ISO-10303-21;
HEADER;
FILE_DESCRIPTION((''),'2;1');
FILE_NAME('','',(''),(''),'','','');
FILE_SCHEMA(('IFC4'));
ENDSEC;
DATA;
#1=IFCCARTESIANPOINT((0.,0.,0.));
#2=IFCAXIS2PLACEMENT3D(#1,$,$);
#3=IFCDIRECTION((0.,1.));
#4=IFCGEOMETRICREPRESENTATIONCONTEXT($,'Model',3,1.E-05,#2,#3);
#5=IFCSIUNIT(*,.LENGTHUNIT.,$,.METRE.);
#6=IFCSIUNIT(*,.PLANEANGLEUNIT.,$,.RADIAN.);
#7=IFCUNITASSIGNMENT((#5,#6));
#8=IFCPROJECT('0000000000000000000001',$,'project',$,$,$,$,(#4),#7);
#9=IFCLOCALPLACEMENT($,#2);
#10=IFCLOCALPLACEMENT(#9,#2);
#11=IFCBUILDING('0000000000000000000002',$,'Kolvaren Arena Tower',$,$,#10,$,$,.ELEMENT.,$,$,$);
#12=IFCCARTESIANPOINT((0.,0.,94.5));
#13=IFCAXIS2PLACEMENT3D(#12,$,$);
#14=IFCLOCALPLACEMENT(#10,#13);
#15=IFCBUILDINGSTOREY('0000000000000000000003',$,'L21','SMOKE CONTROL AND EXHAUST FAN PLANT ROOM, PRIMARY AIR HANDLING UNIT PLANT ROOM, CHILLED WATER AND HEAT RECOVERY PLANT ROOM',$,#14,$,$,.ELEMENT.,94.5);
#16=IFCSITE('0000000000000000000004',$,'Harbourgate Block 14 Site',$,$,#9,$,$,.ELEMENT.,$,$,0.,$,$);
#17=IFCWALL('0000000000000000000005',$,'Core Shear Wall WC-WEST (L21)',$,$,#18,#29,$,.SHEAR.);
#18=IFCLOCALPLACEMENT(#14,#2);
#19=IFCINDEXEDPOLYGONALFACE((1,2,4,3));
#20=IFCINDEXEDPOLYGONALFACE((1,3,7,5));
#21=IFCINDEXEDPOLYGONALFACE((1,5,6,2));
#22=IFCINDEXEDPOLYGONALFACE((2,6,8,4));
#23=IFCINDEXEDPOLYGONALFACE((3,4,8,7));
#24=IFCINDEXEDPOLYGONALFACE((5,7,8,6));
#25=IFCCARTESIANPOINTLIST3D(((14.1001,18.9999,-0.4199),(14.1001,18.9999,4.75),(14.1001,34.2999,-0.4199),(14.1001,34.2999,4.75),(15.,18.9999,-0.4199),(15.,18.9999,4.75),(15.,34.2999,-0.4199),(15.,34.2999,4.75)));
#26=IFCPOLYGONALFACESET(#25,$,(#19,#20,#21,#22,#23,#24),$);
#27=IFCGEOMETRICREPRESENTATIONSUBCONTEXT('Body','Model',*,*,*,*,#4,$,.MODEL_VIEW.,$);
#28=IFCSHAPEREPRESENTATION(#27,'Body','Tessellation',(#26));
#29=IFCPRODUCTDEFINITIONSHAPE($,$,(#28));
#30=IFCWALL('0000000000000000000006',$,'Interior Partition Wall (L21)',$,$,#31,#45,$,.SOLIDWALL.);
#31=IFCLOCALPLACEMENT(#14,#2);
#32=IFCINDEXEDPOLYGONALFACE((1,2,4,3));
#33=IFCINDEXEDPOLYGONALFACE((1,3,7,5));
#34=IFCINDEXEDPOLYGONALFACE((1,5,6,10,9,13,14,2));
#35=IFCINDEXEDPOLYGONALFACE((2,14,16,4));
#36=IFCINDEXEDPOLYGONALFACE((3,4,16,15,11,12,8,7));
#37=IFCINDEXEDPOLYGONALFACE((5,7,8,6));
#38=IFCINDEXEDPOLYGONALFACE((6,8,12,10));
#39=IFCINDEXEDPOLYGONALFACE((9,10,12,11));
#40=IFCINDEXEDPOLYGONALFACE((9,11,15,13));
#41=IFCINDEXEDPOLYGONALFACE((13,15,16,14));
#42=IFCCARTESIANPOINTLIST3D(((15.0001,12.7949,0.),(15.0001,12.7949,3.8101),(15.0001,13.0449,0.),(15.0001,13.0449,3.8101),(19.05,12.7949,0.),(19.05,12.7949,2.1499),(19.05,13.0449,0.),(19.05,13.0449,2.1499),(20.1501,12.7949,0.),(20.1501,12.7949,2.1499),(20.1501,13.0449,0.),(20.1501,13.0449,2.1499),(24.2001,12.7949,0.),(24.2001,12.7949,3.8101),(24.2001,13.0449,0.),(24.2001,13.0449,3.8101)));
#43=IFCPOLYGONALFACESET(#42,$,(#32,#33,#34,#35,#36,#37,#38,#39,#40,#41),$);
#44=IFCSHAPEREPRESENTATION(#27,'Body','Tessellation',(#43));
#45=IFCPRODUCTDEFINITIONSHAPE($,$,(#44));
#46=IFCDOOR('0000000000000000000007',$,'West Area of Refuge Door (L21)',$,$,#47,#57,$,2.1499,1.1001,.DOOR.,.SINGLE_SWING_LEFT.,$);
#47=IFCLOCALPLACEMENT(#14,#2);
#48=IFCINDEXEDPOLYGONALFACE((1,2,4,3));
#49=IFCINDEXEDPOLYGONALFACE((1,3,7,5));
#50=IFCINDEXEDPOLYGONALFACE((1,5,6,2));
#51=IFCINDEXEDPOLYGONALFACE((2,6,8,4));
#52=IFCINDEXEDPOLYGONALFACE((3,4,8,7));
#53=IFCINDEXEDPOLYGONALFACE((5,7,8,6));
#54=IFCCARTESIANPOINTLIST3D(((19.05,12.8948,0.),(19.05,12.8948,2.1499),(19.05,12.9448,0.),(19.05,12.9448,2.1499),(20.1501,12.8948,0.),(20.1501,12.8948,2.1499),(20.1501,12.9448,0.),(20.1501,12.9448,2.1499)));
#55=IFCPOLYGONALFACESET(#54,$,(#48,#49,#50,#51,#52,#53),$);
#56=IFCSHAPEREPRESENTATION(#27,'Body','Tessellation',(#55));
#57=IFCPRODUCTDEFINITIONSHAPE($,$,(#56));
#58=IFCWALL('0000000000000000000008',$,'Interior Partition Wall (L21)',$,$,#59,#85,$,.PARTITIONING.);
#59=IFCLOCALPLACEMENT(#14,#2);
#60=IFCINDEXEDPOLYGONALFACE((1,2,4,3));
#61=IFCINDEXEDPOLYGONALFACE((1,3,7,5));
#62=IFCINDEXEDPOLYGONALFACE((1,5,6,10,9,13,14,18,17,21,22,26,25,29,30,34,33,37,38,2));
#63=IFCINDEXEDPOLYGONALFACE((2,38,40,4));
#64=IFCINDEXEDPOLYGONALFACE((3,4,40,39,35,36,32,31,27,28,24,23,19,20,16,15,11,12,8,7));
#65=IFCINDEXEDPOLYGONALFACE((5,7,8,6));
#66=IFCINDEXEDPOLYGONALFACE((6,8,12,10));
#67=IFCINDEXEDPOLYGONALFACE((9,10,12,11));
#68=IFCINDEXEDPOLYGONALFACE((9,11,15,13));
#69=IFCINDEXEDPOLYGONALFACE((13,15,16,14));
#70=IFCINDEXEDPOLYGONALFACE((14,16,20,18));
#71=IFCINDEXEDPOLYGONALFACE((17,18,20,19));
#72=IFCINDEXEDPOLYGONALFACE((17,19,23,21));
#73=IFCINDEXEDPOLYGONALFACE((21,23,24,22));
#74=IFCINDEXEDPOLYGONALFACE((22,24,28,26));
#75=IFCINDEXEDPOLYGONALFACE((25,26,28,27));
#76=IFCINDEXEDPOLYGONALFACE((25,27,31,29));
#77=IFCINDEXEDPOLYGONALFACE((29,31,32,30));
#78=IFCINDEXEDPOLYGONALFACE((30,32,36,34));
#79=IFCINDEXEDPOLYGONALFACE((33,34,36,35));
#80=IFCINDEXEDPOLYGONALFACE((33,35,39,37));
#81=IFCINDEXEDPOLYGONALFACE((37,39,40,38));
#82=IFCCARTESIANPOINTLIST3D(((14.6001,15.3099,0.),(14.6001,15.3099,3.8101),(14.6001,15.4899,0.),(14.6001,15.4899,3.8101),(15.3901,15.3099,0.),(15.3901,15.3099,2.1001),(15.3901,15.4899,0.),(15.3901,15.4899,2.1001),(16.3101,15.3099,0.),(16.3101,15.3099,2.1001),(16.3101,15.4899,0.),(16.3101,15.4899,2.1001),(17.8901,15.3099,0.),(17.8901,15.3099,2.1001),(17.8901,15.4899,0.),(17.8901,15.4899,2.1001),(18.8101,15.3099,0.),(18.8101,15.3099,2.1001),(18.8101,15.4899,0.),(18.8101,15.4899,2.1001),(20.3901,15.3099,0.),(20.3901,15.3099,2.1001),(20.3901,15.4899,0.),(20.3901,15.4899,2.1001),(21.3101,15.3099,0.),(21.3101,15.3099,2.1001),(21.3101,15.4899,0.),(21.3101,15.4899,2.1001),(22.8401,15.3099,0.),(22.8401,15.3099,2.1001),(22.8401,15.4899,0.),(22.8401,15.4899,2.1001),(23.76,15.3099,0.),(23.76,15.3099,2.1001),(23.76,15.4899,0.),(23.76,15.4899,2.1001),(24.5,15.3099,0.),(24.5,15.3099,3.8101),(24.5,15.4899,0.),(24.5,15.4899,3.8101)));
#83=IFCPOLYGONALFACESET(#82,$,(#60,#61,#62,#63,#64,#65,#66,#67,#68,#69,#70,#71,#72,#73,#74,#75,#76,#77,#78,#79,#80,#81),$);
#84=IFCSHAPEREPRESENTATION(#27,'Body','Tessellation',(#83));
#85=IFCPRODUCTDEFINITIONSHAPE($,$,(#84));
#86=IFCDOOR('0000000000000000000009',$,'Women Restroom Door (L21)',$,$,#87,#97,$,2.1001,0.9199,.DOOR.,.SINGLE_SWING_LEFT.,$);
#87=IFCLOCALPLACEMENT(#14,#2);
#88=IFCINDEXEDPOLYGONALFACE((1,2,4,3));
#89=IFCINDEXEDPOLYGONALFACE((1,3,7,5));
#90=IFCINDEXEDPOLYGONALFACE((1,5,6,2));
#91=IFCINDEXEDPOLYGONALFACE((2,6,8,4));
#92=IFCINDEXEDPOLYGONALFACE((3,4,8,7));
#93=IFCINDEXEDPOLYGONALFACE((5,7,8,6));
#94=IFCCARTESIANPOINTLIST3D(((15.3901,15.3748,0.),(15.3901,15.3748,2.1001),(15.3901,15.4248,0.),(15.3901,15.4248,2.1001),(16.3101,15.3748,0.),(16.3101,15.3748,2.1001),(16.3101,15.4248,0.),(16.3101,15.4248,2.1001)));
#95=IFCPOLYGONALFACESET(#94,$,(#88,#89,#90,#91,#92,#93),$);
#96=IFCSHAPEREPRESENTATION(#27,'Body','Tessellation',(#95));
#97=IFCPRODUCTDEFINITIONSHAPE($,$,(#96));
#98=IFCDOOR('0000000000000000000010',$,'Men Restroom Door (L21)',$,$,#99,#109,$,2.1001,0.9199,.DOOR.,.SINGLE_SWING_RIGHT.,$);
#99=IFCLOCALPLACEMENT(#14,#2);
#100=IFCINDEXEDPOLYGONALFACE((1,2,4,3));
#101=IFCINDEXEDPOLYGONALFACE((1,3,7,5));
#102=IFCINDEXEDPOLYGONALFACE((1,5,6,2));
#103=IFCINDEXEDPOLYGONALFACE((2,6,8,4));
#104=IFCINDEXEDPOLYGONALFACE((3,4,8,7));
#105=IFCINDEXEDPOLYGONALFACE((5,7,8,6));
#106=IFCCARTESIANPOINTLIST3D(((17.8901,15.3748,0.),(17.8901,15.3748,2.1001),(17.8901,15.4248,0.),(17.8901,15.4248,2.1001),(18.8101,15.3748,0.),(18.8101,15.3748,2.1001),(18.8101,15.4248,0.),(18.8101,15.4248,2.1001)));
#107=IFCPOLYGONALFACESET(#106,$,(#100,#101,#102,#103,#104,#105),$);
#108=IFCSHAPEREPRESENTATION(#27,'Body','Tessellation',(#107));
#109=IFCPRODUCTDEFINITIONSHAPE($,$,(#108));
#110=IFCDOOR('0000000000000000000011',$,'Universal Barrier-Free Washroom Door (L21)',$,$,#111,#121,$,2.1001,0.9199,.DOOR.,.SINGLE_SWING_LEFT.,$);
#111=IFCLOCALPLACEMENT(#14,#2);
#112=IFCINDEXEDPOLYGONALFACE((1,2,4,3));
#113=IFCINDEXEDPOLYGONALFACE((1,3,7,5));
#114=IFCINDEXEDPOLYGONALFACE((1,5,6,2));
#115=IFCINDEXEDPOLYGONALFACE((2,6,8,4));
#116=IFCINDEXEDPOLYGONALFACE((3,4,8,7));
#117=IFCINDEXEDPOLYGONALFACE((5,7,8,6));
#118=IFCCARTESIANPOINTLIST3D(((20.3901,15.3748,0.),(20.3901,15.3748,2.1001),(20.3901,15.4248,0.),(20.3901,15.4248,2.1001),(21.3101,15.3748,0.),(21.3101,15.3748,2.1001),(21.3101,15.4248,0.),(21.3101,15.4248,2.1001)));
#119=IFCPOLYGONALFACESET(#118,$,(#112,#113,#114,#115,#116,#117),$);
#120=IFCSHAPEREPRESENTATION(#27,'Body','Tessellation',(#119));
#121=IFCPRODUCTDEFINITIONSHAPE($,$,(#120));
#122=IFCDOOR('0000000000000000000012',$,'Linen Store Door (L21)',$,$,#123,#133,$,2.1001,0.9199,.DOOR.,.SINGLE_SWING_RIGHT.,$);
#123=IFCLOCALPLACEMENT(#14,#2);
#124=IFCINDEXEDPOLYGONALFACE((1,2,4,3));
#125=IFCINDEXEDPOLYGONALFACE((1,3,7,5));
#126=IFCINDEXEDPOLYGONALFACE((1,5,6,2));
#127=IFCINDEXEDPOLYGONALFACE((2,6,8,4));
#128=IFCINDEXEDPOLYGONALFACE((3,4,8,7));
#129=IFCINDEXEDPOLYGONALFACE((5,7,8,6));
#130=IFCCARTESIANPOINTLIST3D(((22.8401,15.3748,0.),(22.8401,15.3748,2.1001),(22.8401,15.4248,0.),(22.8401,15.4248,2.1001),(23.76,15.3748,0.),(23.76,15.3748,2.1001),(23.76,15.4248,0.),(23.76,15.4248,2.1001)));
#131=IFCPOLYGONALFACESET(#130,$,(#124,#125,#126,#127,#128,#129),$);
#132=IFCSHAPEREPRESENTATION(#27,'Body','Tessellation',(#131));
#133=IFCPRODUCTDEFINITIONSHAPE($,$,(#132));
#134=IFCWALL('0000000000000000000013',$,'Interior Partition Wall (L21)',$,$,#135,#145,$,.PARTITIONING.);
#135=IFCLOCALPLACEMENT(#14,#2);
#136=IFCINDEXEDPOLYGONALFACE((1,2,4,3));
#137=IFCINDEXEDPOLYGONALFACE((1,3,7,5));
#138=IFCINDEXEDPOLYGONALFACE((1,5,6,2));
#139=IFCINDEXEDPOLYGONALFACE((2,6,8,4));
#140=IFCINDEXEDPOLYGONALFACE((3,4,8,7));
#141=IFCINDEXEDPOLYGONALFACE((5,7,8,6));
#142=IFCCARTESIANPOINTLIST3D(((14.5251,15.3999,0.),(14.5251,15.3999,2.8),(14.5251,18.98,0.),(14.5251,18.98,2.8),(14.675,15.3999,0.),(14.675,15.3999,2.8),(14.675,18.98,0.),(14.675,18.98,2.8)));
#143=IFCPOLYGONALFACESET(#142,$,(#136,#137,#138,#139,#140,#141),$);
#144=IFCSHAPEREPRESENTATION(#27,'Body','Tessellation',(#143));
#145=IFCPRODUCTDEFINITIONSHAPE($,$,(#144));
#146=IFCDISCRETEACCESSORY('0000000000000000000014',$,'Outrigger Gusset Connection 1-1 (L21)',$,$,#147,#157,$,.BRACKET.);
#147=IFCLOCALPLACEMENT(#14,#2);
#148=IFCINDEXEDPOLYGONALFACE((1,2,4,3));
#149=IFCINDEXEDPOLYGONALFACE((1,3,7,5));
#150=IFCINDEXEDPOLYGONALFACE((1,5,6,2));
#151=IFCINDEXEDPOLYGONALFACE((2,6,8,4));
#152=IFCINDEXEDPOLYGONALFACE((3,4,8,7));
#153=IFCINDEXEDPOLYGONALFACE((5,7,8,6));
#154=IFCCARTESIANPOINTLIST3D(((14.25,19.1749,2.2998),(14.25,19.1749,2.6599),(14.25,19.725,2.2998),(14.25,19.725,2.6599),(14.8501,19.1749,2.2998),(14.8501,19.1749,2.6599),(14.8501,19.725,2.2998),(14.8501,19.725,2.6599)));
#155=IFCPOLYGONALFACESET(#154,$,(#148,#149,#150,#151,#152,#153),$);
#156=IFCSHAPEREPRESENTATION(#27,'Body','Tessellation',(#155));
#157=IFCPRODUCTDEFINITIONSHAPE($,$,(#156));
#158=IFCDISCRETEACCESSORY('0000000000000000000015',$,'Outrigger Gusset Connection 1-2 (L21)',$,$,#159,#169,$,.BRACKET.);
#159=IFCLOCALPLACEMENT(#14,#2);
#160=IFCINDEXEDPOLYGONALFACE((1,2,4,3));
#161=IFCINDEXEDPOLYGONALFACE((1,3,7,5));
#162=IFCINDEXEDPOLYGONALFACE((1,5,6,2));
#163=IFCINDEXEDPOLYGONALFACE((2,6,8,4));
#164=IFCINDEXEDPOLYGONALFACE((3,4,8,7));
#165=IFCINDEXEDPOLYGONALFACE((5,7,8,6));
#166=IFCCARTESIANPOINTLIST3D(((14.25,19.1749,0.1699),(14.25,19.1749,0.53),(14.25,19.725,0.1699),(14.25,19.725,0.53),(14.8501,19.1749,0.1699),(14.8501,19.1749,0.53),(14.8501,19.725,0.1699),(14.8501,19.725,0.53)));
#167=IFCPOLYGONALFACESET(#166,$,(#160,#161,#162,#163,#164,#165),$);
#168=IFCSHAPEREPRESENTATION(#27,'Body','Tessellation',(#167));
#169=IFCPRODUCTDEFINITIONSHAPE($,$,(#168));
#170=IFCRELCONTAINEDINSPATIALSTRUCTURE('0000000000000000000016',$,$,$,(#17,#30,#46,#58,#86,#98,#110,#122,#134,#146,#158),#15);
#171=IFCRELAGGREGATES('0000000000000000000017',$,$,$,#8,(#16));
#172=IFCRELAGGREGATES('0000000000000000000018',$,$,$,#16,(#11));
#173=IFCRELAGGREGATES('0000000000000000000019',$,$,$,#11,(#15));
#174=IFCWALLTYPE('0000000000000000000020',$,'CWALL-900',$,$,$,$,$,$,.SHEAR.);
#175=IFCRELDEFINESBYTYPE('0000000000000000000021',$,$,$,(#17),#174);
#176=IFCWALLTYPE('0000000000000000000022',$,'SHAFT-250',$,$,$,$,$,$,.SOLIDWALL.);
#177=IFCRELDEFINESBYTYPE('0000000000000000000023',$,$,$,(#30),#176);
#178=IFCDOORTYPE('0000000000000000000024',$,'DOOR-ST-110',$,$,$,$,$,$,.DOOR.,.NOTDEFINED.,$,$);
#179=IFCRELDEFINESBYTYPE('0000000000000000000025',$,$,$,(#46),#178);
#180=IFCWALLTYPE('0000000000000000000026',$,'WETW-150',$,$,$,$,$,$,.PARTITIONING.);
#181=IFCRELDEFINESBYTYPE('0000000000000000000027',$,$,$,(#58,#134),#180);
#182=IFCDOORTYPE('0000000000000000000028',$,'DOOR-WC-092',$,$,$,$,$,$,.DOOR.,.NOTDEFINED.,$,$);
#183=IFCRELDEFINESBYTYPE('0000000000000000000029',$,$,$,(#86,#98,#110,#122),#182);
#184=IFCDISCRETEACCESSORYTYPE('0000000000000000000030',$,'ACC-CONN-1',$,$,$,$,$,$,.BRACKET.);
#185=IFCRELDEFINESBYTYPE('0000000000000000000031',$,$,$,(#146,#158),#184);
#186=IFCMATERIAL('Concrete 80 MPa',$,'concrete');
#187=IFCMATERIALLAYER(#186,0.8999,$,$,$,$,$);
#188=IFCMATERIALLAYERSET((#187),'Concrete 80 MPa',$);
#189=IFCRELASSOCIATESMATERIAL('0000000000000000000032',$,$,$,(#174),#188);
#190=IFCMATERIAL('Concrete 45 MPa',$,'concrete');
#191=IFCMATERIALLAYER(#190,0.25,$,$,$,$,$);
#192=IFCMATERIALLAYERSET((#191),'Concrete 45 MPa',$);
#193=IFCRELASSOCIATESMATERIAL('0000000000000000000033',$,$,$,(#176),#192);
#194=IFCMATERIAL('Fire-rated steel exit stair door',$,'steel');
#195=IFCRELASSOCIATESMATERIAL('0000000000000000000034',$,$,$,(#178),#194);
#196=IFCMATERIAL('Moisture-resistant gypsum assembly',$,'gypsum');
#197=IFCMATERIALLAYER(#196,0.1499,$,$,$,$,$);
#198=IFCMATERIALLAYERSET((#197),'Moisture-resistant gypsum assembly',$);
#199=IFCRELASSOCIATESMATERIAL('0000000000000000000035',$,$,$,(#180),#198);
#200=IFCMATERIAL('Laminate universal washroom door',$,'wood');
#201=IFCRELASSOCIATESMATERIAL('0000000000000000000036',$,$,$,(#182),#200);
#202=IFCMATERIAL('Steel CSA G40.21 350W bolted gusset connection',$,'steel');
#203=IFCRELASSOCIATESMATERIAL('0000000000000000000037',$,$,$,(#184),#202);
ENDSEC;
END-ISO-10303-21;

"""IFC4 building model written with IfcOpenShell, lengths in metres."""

from ifc_helpers import new_model, si_unit, direction, frame, frame_2d, origin, origin_2d, place, context, subcontext, project, spatial, rectangle, extrude, material, layer, layer_set, type_object, element, fill, save


model = new_model("IFC4")

# Units and contexts
model_context = context("Model", 3, precision=1e-05, world=origin(), true_north=direction((0.0, 1.0)))
body_context = subcontext(model_context, "Body", "Model", "MODEL_VIEW")
ifc_project = project(units=[si_unit("LENGTHUNIT", "METRE"), si_unit("PLANEANGLEUNIT", "RADIAN")], contexts=[model_context])

# Site, building, storey
site_placement = place(None, origin())
site = spatial("IfcSite", under=ifc_project, at=site_placement, Name="Harbourgate Block 14 Site", CompositionType="ELEMENT", RefElevation=0.0)
building_placement = place(site_placement, origin())
building = spatial("IfcBuilding", under=site, at=building_placement, Name="Kolvaren Arena Tower", CompositionType="ELEMENT")
storey_placement = place(building_placement, frame((0.0, 0.0, 94.5)))
storey = spatial("IfcBuildingStorey", under=building, at=storey_placement, Name="L21", Description="SMOKE CONTROL AND EXHAUST FAN PLANT ROOM, PRIMARY AIR HANDLING UNIT PLANT ROOM, CHILLED WATER AND HEAT RECOVERY PLANT ROOM", CompositionType="ELEMENT", Elevation=94.5)

# Shared definitions
ifc_material_1 = material(Name="Concrete 80 MPa", Category="concrete")

# Wall
ifc_layer_1 = layer(ifc_material_1, 0.8999)
ifc_layer_set_1 = layer_set([ifc_layer_1], Name="Concrete 80 MPa")
wall_type_1 = type_object("IfcWallType", Name="CWALL-900", PredefinedType="SHEAR", material=ifc_layer_set_1)
wall_1_placement = place(storey_placement, frame((14.55, 19.0, -0.4199), z_axis=(0.0, 0.0, 1.0), x_axis=(0.0, 1.0, 0.0)))
element("IfcWall", 1, at=wall_1_placement, inside=storey, type_object=wall_type_1, Name="Core Shear Wall WC-WEST (L21)", PredefinedType="SHEAR", context=body_context, shape_type="SweptSolid", body=[
    extrude(rectangle(XDim=15.3, YDim=0.8999, at=frame_2d((7.6499, 0.0))), origin(), (0.0, 0.0, 1.0), 5.1699),
])

# Wall, opening, door
ifc_material_2 = material(Name="Concrete 45 MPa", Category="concrete")
ifc_layer_2 = layer(ifc_material_2, 0.25)
ifc_layer_set_2 = layer_set([ifc_layer_2], Name="Concrete 45 MPa")
wall_type_2 = type_object("IfcWallType", Name="SHAFT-250", PredefinedType="SOLIDWALL", material=ifc_layer_set_2)
wall_2_placement = place(storey_placement, frame((15.0, 12.9199, 0.0), z_axis=(0.0, 0.0, 1.0), x_axis=(1.0, 0.0, 0.0)))
wall_2 = element("IfcWall", 2, at=wall_2_placement, inside=storey, type_object=wall_type_2, Name="Interior Partition Wall (L21)", PredefinedType="SOLIDWALL", context=body_context, shape_type="SweptSolid", body=[
    extrude(rectangle(XDim=9.2, YDim=0.25, at=frame_2d((4.6001, 0.0))), origin(), (0.0, 0.0, 1.0), 3.8101),
])
opening_1_placement = place(wall_2_placement, frame((4.05, 0.0, 0.0)))
opening_1 = element("IfcOpeningElement", 3, at=opening_1_placement, cuts=wall_2, PredefinedType="OPENING", context=body_context, shape_type="SweptSolid", body=[
    extrude(rectangle(XDim=1.1001, YDim=2.1499, at=frame_2d((0.55, 1.075))), frame((0.0, 0.135, 0.0), z_axis=(0.0, -1.0, 0.0), x_axis=(1.0, 0.0, 0.0)), (0.0, 0.0, 1.0), 0.27),
])
ifc_material_3 = material(Name="Fire-rated steel exit stair door", Category="steel")
door_type_1 = type_object("IfcDoorType", Name="DOOR-ST-110", OperationType="NOTDEFINED", PredefinedType="DOOR", material=ifc_material_3)
door_1_placement = place(opening_1_placement, origin())
door_1 = element("IfcDoor", 4, at=door_1_placement, inside=storey, type_object=door_type_1, Name="West Area of Refuge Door (L21)", OperationType="SINGLE_SWING_LEFT", OverallHeight=2.1499, OverallWidth=1.1001, PredefinedType="DOOR", context=body_context, shape_type="SweptSolid", body=[
    extrude(rectangle(XDim=1.1001, YDim=2.1499, at=frame_2d((0.55, 1.075))), frame((0.0, 0.0249, 0.0), z_axis=(0.0, -1.0, 0.0), x_axis=(1.0, 0.0, 0.0)), (0.0, 0.0, 1.0), 0.05),
])
fill(opening_1, door_1)

# Wall, openings, doors
ifc_material_4 = material(Name="Moisture-resistant gypsum assembly", Category="gypsum")
ifc_layer_3 = layer(ifc_material_4, 0.1499)
ifc_layer_set_3 = layer_set([ifc_layer_3], Name="Moisture-resistant gypsum assembly")
wall_type_3 = type_object("IfcWallType", Name="WETW-150", PredefinedType="PARTITIONING", material=ifc_layer_set_3)
wall_3_placement = place(storey_placement, frame((14.6001, 15.3999, 0.0), z_axis=(0.0, 0.0, 1.0), x_axis=(1.0, 0.0, 0.0)))
wall_3 = element("IfcWall", 5, at=wall_3_placement, inside=storey, type_object=wall_type_3, Name="Interior Partition Wall (L21)", PredefinedType="PARTITIONING", context=body_context, shape_type="SweptSolid", body=[
    extrude(rectangle(XDim=9.8999, YDim=0.1799, at=frame_2d((4.95, 0.0))), origin(), (0.0, 0.0, 1.0), 3.8101),
])
opening_2_placement = place(wall_3_placement, frame((0.79, 0.0, 0.0)))
opening_2 = element("IfcOpeningElement", 6, at=opening_2_placement, cuts=wall_3, PredefinedType="OPENING", context=body_context, shape_type="SweptSolid", body=[
    extrude(rectangle(XDim=0.9199, YDim=2.1001, at=frame_2d((0.46, 1.05))), frame((0.0, 0.0999, 0.0), z_axis=(0.0, -1.0, 0.0), x_axis=(1.0, 0.0, 0.0)), (0.0, 0.0, 1.0), 0.2),
])
opening_3_placement = place(wall_3_placement, frame((3.29, 0.0, 0.0)))
opening_3 = element("IfcOpeningElement", 7, at=opening_3_placement, cuts=wall_3, PredefinedType="OPENING", context=body_context, shape_type="SweptSolid", body=[
    extrude(rectangle(XDim=0.9199, YDim=2.1001, at=frame_2d((0.46, 1.05))), frame((0.0, 0.0999, 0.0), z_axis=(0.0, -1.0, 0.0), x_axis=(1.0, 0.0, 0.0)), (0.0, 0.0, 1.0), 0.2),
])
opening_4_placement = place(wall_3_placement, frame((5.79, 0.0, 0.0)))
opening_4 = element("IfcOpeningElement", 8, at=opening_4_placement, cuts=wall_3, PredefinedType="OPENING", context=body_context, shape_type="SweptSolid", body=[
    extrude(rectangle(XDim=0.9199, YDim=2.1001, at=frame_2d((0.46, 1.05))), frame((0.0, 0.0999, 0.0), z_axis=(0.0, -1.0, 0.0), x_axis=(1.0, 0.0, 0.0)), (0.0, 0.0, 1.0), 0.2),
])
opening_5_placement = place(wall_3_placement, frame((8.24, 0.0, 0.0)))
opening_5 = element("IfcOpeningElement", 9, at=opening_5_placement, cuts=wall_3, PredefinedType="OPENING", context=body_context, shape_type="SweptSolid", body=[
    extrude(rectangle(XDim=0.9199, YDim=2.1001, at=frame_2d((0.46, 1.05))), frame((0.0, 0.0999, 0.0), z_axis=(0.0, -1.0, 0.0), x_axis=(1.0, 0.0, 0.0)), (0.0, 0.0, 1.0), 0.2),
])
ifc_material_5 = material(Name="Laminate universal washroom door", Category="wood")
door_type_2 = type_object("IfcDoorType", Name="DOOR-WC-092", OperationType="NOTDEFINED", PredefinedType="DOOR", material=ifc_material_5)
door_2_placement = place(opening_2_placement, origin())
door_2 = element("IfcDoor", 10, at=door_2_placement, inside=storey, type_object=door_type_2, Name="Women Restroom Door (L21)", OperationType="SINGLE_SWING_LEFT", OverallHeight=2.1001, OverallWidth=0.9199, PredefinedType="DOOR", context=body_context, shape_type="SweptSolid", body=[
    extrude(rectangle(XDim=0.9199, YDim=2.1001, at=frame_2d((0.46, 1.05))), frame((0.0, 0.0249, 0.0), z_axis=(0.0, -1.0, 0.0), x_axis=(1.0, 0.0, 0.0)), (0.0, 0.0, 1.0), 0.05),
])
fill(opening_2, door_2)
door_3_placement = place(opening_3_placement, origin())
door_3 = element("IfcDoor", 11, at=door_3_placement, inside=storey, type_object=door_type_2, Name="Men Restroom Door (L21)", OperationType="SINGLE_SWING_RIGHT", OverallHeight=2.1001, OverallWidth=0.9199, PredefinedType="DOOR", context=body_context, shape_type="SweptSolid", body=[
    extrude(rectangle(XDim=0.9199, YDim=2.1001, at=frame_2d((0.46, 1.05))), frame((0.0, 0.0249, 0.0), z_axis=(0.0, -1.0, 0.0), x_axis=(1.0, 0.0, 0.0)), (0.0, 0.0, 1.0), 0.05),
])
fill(opening_3, door_3)
door_4_placement = place(opening_4_placement, origin())
door_4 = element("IfcDoor", 12, at=door_4_placement, inside=storey, type_object=door_type_2, Name="Universal Barrier-Free Washroom Door (L21)", OperationType="SINGLE_SWING_LEFT", OverallHeight=2.1001, OverallWidth=0.9199, PredefinedType="DOOR", context=body_context, shape_type="SweptSolid", body=[
    extrude(rectangle(XDim=0.9199, YDim=2.1001, at=frame_2d((0.46, 1.05))), frame((0.0, 0.0249, 0.0), z_axis=(0.0, -1.0, 0.0), x_axis=(1.0, 0.0, 0.0)), (0.0, 0.0, 1.0), 0.05),
])
fill(opening_4, door_4)
door_5_placement = place(opening_5_placement, origin())
door_5 = element("IfcDoor", 13, at=door_5_placement, inside=storey, type_object=door_type_2, Name="Linen Store Door (L21)", OperationType="SINGLE_SWING_RIGHT", OverallHeight=2.1001, OverallWidth=0.9199, PredefinedType="DOOR", context=body_context, shape_type="SweptSolid", body=[
    extrude(rectangle(XDim=0.9199, YDim=2.1001, at=frame_2d((0.46, 1.05))), frame((0.0, 0.0249, 0.0), z_axis=(0.0, -1.0, 0.0), x_axis=(1.0, 0.0, 0.0)), (0.0, 0.0, 1.0), 0.05),
])
fill(opening_5, door_5)

# Wall
wall_4_placement = place(storey_placement, frame((14.6001, 15.3999, 0.0), z_axis=(0.0, 0.0, 1.0), x_axis=(0.0, 1.0, 0.0)))
element("IfcWall", 14, at=wall_4_placement, inside=storey, type_object=wall_type_3, Name="Interior Partition Wall (L21)", PredefinedType="PARTITIONING", context=body_context, shape_type="SweptSolid", body=[
    extrude(rectangle(XDim=3.5801, YDim=0.1499, at=frame_2d((1.79, 0.0))), origin(), (0.0, 0.0, 1.0), 2.8),
])

# Discrete accessories
ifc_material_6 = material(Name="Steel CSA G40.21 350W bolted gusset connection", Category="steel")
discrete_accessory_type = type_object("IfcDiscreteAccessoryType", Name="ACC-CONN-1", PredefinedType="BRACKET", material=ifc_material_6)
for number, where, z_axis, x_axis, name in (
    (15, (14.55, 19.45, 2.2998), (0.0, 0.0, 1.0), (1.0, 0.0, 0.0), "Outrigger Gusset Connection 1-1 (L21)"),
    (16, (14.55, 19.45, 0.1699), (0.0, 0.0, 1.0), (1.0, 0.0, 0.0), "Outrigger Gusset Connection 1-2 (L21)"),
):
    element("IfcDiscreteAccessory", number, at=place(storey_placement, frame(where, z_axis=z_axis, x_axis=x_axis)), inside=storey, type_object=discrete_accessory_type, Name=name, PredefinedType="BRACKET", context=body_context, shape_type="SweptSolid", body=[
        extrude(rectangle(XDim=0.6001, YDim=0.55, at=origin_2d()), origin(), (0.0, 0.0, 1.0), 0.3601),
    ])

save(model, "model.ifc")
